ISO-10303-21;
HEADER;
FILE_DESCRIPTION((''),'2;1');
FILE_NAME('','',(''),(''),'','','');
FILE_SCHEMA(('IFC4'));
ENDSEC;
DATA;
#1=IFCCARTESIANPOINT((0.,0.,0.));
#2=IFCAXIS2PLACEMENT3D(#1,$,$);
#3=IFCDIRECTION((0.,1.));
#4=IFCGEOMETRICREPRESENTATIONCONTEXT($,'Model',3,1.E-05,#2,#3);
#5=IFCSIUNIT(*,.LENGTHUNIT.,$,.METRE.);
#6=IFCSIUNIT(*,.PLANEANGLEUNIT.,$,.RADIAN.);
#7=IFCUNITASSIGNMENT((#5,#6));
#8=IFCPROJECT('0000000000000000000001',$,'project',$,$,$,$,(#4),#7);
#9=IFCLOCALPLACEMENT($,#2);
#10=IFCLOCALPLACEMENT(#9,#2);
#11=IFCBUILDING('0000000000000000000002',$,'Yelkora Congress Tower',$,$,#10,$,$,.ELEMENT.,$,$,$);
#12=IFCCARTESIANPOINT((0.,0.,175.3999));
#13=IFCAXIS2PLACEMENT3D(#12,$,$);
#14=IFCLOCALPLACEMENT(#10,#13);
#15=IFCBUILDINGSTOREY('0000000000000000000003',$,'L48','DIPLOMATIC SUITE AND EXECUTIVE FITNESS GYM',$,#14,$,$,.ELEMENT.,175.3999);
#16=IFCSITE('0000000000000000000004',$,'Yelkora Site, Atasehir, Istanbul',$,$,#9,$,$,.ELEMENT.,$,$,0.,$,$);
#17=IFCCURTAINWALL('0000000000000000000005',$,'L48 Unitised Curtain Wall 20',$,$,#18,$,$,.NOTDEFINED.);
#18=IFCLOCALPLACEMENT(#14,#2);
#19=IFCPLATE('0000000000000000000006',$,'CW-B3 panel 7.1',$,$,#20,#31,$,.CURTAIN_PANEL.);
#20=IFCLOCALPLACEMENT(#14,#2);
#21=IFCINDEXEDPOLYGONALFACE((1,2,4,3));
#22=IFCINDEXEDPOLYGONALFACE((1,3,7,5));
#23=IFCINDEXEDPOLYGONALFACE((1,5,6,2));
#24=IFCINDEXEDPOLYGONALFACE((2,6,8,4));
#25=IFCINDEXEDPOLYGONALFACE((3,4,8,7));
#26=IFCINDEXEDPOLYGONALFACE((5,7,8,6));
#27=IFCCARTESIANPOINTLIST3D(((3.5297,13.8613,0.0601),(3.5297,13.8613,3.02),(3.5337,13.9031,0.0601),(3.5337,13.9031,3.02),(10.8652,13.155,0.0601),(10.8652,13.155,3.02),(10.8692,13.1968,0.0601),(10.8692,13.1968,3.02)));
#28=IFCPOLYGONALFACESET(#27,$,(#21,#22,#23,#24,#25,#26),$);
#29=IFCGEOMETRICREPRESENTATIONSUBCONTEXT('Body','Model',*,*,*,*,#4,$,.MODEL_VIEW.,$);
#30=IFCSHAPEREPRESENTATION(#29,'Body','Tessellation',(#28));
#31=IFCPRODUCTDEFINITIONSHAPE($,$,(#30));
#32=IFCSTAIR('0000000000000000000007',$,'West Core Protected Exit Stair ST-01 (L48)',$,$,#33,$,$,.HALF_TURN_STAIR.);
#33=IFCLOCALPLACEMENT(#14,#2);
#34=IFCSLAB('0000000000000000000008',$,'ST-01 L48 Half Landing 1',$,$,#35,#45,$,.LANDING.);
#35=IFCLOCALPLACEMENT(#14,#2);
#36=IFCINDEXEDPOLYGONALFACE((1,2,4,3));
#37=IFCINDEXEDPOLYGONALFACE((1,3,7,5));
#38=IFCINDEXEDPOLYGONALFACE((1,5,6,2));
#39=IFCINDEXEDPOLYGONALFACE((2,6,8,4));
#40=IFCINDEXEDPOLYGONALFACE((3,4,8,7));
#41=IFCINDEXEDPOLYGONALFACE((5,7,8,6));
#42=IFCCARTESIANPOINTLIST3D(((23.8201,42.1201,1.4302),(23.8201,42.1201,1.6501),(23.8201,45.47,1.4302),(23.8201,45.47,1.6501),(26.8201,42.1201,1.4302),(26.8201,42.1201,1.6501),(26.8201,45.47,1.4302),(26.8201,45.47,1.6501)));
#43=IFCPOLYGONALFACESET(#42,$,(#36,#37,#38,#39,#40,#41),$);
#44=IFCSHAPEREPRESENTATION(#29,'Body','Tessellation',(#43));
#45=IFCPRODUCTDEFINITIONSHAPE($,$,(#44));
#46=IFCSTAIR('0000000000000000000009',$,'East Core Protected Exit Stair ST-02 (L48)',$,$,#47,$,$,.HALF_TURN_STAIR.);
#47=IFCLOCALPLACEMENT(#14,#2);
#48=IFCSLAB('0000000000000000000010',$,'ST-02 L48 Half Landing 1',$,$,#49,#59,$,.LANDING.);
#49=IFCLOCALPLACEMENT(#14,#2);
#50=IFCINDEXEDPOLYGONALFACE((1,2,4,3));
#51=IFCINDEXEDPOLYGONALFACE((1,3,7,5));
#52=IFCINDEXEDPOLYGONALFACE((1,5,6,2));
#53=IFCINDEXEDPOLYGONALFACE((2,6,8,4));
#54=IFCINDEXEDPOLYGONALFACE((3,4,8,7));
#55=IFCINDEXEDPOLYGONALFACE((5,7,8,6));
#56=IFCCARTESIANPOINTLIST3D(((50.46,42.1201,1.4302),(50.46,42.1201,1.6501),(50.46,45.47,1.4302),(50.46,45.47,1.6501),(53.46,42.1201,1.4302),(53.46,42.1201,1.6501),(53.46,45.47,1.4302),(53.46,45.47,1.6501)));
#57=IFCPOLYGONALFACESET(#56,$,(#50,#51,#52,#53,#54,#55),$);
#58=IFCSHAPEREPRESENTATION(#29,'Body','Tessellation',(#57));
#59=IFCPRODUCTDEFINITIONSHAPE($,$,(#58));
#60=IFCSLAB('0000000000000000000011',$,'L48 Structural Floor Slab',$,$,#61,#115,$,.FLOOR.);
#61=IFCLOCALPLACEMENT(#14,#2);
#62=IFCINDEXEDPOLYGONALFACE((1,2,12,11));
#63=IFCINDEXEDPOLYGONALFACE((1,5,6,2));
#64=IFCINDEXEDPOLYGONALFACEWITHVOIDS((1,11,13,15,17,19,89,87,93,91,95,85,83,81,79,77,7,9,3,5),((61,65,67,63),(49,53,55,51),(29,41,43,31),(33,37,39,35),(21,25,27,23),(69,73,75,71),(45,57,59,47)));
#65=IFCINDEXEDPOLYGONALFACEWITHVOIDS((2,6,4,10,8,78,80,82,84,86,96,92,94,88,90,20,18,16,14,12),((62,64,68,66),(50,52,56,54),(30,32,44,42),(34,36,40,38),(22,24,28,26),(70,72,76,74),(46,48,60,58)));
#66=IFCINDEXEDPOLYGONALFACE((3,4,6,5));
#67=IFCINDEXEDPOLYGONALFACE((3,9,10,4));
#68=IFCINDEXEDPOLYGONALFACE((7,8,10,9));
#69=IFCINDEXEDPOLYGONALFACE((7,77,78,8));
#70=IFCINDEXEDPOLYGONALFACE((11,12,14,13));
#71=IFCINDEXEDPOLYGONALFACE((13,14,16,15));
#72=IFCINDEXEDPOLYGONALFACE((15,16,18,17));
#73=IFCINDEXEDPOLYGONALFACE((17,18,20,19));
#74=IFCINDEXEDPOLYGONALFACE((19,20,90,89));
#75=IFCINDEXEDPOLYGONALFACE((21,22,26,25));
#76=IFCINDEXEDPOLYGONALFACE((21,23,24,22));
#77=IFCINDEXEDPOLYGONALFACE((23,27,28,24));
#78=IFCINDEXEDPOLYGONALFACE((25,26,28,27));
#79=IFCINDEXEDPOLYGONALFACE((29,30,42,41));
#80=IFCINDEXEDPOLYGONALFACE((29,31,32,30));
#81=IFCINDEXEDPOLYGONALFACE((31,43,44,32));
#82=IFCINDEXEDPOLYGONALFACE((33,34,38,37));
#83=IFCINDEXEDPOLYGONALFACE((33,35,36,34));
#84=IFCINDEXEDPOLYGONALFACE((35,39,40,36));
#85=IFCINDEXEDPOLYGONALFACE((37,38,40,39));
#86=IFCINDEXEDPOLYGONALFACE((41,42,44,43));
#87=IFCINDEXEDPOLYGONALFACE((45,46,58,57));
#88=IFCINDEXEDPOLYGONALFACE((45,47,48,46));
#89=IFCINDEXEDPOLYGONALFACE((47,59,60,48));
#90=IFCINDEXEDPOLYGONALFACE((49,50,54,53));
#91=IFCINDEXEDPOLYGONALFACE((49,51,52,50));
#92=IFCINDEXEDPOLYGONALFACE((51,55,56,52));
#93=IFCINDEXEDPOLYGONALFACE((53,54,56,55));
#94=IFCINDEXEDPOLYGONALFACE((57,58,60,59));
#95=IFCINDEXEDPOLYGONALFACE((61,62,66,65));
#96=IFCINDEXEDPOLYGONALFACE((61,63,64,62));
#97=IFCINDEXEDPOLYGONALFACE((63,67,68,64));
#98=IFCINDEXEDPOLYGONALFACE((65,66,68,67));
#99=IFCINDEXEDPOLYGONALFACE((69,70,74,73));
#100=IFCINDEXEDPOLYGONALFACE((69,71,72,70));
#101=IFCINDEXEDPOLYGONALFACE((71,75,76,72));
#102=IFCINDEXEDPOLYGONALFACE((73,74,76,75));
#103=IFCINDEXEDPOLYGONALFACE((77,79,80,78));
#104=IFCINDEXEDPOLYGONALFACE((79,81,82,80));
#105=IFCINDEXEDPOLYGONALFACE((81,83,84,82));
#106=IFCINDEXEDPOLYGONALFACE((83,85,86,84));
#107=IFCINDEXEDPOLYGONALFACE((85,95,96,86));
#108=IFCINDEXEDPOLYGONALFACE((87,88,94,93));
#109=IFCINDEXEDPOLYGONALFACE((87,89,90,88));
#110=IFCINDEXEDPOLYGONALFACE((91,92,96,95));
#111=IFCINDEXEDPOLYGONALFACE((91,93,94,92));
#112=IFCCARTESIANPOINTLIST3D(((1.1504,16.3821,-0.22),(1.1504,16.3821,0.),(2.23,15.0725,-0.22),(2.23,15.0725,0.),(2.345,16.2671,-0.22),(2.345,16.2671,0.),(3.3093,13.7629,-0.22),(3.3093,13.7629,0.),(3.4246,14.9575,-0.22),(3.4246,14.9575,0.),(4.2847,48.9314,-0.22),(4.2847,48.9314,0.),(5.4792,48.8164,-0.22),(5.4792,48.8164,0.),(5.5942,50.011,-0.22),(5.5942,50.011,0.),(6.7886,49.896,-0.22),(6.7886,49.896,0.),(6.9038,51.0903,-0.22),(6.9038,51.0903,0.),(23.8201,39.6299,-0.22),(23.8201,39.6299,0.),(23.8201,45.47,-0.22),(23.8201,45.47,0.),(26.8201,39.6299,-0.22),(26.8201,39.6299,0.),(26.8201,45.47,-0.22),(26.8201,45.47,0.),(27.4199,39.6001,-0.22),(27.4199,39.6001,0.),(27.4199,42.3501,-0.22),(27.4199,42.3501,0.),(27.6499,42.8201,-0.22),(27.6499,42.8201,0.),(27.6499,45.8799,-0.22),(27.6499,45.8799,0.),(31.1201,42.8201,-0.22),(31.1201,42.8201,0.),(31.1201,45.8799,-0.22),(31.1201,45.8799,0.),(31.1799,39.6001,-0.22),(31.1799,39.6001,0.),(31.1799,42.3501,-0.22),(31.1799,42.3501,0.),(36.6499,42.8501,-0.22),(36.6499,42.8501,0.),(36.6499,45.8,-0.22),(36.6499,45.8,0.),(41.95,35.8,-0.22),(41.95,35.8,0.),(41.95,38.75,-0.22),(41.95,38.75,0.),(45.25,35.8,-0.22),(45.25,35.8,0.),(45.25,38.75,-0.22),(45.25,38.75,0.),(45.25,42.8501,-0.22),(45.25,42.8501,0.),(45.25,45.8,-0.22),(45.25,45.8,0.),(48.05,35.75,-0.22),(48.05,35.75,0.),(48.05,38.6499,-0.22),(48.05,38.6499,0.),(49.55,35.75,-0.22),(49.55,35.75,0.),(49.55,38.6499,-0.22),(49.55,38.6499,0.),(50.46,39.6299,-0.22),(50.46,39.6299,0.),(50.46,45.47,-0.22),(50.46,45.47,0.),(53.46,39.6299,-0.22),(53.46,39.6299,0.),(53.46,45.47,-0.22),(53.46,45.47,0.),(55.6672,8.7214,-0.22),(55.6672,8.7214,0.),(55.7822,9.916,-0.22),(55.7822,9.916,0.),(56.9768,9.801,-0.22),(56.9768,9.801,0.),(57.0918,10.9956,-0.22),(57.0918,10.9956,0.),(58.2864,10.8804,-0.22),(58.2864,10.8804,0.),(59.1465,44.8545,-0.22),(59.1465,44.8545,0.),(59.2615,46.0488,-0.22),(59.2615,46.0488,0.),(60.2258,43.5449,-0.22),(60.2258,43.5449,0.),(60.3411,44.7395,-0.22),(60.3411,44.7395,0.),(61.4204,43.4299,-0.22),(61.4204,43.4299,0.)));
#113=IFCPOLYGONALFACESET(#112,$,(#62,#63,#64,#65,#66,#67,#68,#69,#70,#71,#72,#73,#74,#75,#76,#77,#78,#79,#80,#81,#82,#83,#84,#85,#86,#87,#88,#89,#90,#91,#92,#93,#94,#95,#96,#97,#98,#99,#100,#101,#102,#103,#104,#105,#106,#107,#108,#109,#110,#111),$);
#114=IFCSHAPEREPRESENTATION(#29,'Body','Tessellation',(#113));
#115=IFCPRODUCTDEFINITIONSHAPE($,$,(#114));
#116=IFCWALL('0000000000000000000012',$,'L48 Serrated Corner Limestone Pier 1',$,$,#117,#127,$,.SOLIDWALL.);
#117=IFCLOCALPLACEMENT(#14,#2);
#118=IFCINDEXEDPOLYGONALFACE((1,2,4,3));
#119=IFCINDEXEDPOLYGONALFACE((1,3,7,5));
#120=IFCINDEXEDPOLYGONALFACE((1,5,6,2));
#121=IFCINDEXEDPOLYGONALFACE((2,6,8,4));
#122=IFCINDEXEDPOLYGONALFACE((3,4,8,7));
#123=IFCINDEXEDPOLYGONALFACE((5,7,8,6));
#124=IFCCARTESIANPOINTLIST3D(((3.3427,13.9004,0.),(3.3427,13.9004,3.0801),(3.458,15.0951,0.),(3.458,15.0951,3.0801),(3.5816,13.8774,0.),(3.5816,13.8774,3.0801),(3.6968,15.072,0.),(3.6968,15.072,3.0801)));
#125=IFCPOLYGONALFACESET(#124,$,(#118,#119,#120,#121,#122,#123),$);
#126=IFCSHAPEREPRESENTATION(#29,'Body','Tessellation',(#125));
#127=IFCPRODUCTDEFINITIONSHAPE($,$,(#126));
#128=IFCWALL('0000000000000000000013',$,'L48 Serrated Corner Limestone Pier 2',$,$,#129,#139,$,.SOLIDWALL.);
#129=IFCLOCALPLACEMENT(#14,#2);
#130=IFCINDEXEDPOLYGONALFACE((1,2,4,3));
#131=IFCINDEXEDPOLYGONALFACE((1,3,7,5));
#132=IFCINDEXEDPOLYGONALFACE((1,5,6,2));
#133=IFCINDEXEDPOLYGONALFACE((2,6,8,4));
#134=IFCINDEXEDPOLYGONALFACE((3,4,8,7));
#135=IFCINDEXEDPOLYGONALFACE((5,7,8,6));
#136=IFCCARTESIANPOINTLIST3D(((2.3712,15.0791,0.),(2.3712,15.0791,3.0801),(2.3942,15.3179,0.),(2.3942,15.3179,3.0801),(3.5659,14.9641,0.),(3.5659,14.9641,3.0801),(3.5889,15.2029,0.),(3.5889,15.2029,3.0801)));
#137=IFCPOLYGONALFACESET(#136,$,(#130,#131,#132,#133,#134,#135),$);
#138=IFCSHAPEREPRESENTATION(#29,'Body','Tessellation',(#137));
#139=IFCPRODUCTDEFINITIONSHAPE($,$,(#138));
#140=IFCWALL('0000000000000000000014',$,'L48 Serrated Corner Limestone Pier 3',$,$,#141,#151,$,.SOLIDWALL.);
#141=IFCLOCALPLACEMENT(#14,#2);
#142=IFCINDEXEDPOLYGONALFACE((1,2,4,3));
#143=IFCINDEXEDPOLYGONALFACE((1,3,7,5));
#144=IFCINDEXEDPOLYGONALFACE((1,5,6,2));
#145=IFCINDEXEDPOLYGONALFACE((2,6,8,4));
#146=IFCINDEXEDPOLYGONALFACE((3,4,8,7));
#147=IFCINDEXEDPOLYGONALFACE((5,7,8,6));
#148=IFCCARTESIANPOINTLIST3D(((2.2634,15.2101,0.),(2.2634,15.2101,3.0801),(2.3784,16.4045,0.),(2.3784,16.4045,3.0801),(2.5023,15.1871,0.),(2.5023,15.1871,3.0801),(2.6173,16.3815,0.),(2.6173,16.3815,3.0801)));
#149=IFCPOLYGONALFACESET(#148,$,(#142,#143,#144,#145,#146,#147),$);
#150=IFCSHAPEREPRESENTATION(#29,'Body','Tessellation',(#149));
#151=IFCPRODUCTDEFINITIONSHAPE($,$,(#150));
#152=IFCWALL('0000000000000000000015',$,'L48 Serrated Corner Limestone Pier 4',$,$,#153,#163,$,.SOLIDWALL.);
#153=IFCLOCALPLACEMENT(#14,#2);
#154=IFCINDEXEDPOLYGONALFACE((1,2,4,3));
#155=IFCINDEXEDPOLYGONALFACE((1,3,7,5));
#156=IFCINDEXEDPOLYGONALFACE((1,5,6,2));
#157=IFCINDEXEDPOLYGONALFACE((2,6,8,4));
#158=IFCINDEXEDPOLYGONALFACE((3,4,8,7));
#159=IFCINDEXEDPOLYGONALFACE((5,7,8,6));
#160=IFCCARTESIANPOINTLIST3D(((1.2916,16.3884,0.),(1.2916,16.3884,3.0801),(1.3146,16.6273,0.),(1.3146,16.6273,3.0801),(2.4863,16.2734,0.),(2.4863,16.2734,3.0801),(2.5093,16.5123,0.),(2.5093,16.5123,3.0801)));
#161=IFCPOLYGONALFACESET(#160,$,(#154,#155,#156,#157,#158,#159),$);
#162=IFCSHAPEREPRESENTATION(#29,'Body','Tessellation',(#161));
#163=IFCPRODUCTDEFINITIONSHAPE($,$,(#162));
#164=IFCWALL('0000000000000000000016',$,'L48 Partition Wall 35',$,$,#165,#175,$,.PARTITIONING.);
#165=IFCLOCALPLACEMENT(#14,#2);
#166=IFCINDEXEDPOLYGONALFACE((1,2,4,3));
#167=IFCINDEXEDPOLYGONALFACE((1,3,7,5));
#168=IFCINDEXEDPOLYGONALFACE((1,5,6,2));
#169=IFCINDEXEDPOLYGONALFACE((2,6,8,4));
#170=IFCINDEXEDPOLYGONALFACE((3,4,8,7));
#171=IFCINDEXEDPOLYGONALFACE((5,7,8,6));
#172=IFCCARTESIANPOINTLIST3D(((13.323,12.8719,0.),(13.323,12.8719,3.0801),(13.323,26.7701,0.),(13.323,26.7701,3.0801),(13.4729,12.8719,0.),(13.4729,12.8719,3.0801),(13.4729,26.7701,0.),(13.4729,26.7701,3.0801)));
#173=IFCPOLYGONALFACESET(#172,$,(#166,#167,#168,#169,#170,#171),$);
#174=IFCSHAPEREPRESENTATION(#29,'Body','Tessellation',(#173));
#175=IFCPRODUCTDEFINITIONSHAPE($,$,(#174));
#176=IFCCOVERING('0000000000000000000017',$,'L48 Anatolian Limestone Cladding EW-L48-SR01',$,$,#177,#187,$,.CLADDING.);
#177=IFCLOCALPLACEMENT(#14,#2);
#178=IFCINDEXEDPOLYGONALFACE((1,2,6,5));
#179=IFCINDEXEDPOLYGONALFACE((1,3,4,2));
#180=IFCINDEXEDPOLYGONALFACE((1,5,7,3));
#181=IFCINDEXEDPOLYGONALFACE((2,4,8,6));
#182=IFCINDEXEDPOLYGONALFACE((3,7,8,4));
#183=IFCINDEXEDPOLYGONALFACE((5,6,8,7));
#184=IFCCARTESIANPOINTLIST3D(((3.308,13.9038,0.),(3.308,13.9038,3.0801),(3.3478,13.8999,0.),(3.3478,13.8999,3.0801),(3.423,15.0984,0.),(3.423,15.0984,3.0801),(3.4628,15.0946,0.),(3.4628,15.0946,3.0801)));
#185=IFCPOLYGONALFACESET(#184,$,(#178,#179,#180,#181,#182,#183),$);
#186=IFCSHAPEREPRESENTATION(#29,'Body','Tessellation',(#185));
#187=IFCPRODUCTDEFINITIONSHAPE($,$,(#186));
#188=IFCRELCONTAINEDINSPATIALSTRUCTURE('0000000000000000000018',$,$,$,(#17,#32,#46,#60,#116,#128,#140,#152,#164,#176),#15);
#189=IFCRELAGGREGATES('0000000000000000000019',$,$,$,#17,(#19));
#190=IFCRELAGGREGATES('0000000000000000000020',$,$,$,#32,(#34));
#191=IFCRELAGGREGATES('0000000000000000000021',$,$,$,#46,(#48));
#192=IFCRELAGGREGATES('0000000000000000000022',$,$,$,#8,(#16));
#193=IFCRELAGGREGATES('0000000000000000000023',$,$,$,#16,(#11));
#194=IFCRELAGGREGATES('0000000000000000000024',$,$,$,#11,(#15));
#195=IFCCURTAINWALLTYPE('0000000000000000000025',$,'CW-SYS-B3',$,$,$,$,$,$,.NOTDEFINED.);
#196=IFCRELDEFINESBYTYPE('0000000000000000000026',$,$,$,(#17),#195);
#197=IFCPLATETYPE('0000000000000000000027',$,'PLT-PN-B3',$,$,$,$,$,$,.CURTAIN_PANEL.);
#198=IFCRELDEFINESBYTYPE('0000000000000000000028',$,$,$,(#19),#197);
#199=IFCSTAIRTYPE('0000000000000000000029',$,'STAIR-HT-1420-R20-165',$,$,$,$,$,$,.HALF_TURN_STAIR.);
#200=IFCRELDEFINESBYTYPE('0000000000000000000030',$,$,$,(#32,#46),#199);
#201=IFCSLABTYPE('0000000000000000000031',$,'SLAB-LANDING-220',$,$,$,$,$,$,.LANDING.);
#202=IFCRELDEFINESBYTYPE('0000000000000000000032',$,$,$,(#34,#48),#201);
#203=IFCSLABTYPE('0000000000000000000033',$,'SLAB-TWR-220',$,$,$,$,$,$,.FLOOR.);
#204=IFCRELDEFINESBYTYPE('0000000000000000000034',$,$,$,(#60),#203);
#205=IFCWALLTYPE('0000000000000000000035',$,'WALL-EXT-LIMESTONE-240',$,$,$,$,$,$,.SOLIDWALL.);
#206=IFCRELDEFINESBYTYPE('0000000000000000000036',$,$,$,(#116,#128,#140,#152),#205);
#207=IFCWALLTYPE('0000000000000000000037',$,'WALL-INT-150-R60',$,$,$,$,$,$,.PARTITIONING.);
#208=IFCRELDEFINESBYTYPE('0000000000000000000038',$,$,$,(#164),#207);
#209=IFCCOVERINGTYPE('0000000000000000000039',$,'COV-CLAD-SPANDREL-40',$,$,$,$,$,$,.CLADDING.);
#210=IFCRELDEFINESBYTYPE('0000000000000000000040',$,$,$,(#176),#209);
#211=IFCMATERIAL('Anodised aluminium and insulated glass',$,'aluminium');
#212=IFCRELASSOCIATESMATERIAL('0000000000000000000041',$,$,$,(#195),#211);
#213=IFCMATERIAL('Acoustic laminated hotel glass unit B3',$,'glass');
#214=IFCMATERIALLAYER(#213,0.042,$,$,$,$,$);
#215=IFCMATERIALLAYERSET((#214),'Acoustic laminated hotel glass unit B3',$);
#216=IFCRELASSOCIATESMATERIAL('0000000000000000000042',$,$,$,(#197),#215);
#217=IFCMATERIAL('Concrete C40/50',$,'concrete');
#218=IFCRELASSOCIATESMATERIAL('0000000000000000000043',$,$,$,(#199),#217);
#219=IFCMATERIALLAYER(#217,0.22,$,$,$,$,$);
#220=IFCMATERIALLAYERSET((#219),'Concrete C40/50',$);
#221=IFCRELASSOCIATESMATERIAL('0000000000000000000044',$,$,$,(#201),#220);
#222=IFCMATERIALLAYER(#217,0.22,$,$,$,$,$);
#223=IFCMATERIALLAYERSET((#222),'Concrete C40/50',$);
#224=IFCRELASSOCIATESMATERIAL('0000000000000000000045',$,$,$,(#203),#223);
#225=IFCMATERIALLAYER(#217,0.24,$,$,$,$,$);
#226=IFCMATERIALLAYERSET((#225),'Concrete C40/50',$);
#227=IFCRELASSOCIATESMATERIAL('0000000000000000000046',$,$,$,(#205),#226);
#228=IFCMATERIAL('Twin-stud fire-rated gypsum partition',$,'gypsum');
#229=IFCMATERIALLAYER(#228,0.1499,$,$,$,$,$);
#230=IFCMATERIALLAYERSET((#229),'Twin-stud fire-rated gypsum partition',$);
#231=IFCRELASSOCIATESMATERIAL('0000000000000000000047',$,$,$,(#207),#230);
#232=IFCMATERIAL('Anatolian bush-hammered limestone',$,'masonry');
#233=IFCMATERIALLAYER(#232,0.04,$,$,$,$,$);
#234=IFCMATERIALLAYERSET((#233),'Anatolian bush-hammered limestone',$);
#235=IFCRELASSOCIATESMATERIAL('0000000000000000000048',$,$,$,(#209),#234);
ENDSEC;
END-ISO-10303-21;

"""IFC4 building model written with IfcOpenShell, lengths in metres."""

from ifc_helpers import new_model, si_unit, direction, frame, frame_2d, origin, origin_2d, place, context, subcontext, project, spatial, polyline, rectangle, outline, extrude, material, layer, layer_set, type_object, element, aggregate, save


model = new_model("IFC4")

# Units and contexts
model_context = context("Model", 3, precision=1e-05, world=origin(), true_north=direction((0.0, 1.0)))
body_context = subcontext(model_context, "Body", "Model", "MODEL_VIEW")
ifc_project = project(units=[si_unit("LENGTHUNIT", "METRE"), si_unit("PLANEANGLEUNIT", "RADIAN")], contexts=[model_context])

# Site, building, storey
site_placement = place(None, origin())
site = spatial("IfcSite", under=ifc_project, at=site_placement, Name="Yelkora Site, Atasehir, Istanbul", CompositionType="ELEMENT", RefElevation=0.0)
building_placement = place(site_placement, origin())
building = spatial("IfcBuilding", under=site, at=building_placement, Name="Yelkora Congress Tower", CompositionType="ELEMENT")
storey_placement = place(building_placement, frame((0.0, 0.0, 175.3999)))
storey = spatial("IfcBuildingStorey", under=building, at=storey_placement, Name="L48", Description="DIPLOMATIC SUITE AND EXECUTIVE FITNESS GYM", CompositionType="ELEMENT", Elevation=175.3999)

# Curtain wall, plate
ifc_material_1 = material(Name="Anodised aluminium and insulated glass", Category="aluminium")
curtain_wall_type = type_object("IfcCurtainWallType", Name="CW-SYS-B3", PredefinedType="NOTDEFINED", material=ifc_material_1)
curtain_wall_placement = place(storey_placement, origin())
curtain_wall = element("IfcCurtainWall", 1, at=curtain_wall_placement, inside=storey, type_object=curtain_wall_type, Name="L48 Unitised Curtain Wall 20", PredefinedType="NOTDEFINED")
ifc_material_2 = material(Name="Acoustic laminated hotel glass unit B3", Category="glass")
ifc_layer_1 = layer(ifc_material_2, 0.042)
ifc_layer_set_1 = layer_set([ifc_layer_1], Name="Acoustic laminated hotel glass unit B3")
plate_type = type_object("IfcPlateType", Name="PLT-PN-B3", PredefinedType="CURTAIN_PANEL", material=ifc_layer_set_1)
plate_1_placement = place(storey_placement, frame((7.1995, 13.5291, 0.0601), z_axis=(0.0, 0.0, 1.0), x_axis=(-0.995396, 0.095845, 0.0)))
plate_1 = element("IfcPlate", 2, at=plate_1_placement, type_object=plate_type, Name="CW-B3 panel 7.1", PredefinedType="CURTAIN_PANEL", context=body_context, shape_type="SweptSolid", body=[
    extrude(rectangle(XDim=7.3694, YDim=0.042, at=origin_2d()), origin(), (0.0, 0.0, 1.0), 2.96),
])
aggregate(curtain_wall, [plate_1])

# Stairs, slabs
ifc_material_3 = material(Name="Concrete C40/50", Category="concrete")
stair_type = type_object("IfcStairType", Name="STAIR-HT-1420-R20-165", PredefinedType="HALF_TURN_STAIR", material=ifc_material_3)
stair_1_placement = place(storey_placement, origin())
stair_1 = element("IfcStair", 3, at=stair_1_placement, inside=storey, type_object=stair_type, Name="West Core Protected Exit Stair ST-01 (L48)", PredefinedType="HALF_TURN_STAIR")
ifc_layer_2 = layer(ifc_material_3, 0.22)
ifc_layer_set_2 = layer_set([ifc_layer_2], Name="Concrete C40/50")
slab_type_1 = type_object("IfcSlabType", Name="SLAB-LANDING-220", PredefinedType="LANDING", material=ifc_layer_set_2)
slab_1_placement = place(storey_placement, frame((0.0, 0.0, 1.4302)))
slab_1 = element("IfcSlab", 4, at=slab_1_placement, type_object=slab_type_1, Name="ST-01 L48 Half Landing 1", PredefinedType="LANDING", context=body_context, shape_type="SweptSolid", body=[
    extrude(outline(polyline([(26.8201, 42.1201), (26.8201, 45.47), (23.8201, 45.47), (23.8201, 42.1201), (26.8201, 42.1201)])), origin(), (0.0, 0.0, 1.0), 0.22),
])
aggregate(stair_1, [slab_1])
stair_2_placement = place(storey_placement, origin())
stair_2 = element("IfcStair", 5, at=stair_2_placement, inside=storey, type_object=stair_type, Name="East Core Protected Exit Stair ST-02 (L48)", PredefinedType="HALF_TURN_STAIR")
slab_2_placement = place(storey_placement, frame((0.0, 0.0, 1.4302)))
slab_2 = element("IfcSlab", 6, at=slab_2_placement, type_object=slab_type_1, Name="ST-02 L48 Half Landing 1", PredefinedType="LANDING", context=body_context, shape_type="SweptSolid", body=[
    extrude(outline(polyline([(53.46, 42.1201), (53.46, 45.47), (50.46, 45.47), (50.46, 42.1201), (53.46, 42.1201)])), origin(), (0.0, 0.0, 1.0), 0.22),
])
aggregate(stair_2, [slab_2])

# Slab
ifc_layer_3 = layer(ifc_material_3, 0.22)
ifc_layer_set_3 = layer_set([ifc_layer_3], Name="Concrete C40/50")
slab_type_2 = type_object("IfcSlabType", Name="SLAB-TWR-220", PredefinedType="FLOOR", material=ifc_layer_set_3)
slab_3_placement = place(storey_placement, frame((0.0, 0.0, -0.22)))
element("IfcSlab", 7, at=slab_3_placement, inside=storey, type_object=slab_type_2, Name="L48 Structural Floor Slab", PredefinedType="FLOOR", context=body_context, shape_type="SweptSolid", body=[
    extrude(outline(polyline([(3.3093, 13.7629), (55.6672, 8.7214), (55.7822, 9.916), (56.9768, 9.801), (57.0918, 10.9956), (58.2864, 10.8804), (61.4204, 43.4299), (60.2258, 43.5449), (60.3411, 44.7395), (59.1465, 44.8545), (59.2615, 46.0488), (6.9038, 51.0903), (6.7886, 49.896), (5.5942, 50.011), (5.4792, 48.8164), (4.2847, 48.9314), (1.1504, 16.3821), (2.345, 16.2671), (2.23, 15.0725), (3.4246, 14.9575), (3.3093, 13.7629)]), holes=[polyline([(23.8201, 39.6299), (26.8201, 39.6299), (26.8201, 45.47), (23.8201, 45.47), (23.8201, 39.6299)]), polyline([(50.46, 39.6299), (53.46, 39.6299), (53.46, 45.47), (50.46, 45.47), (50.46, 39.6299)]), polyline([(48.05, 35.75), (49.55, 35.75), (49.55, 38.6499), (48.05, 38.6499), (48.05, 35.75)]), polyline([(36.6499, 42.8501), (45.25, 42.8501), (45.25, 45.8), (36.6499, 45.8), (36.6499, 42.8501)]), polyline([(41.95, 35.8), (45.25, 35.8), (45.25, 38.75), (41.95, 38.75), (41.95, 35.8)]), polyline([(27.4199, 39.6001), (31.1799, 39.6001), (31.1799, 42.3501), (27.4199, 42.3501), (27.4199, 39.6001)]), polyline([(27.6499, 42.8201), (31.1201, 42.8201), (31.1201, 45.8799), (27.6499, 45.8799), (27.6499, 42.8201)])]), origin(), (0.0, 0.0, 1.0), 0.22),
])

# Walls
ifc_layer_4 = layer(ifc_material_3, 0.24)
ifc_layer_set_4 = layer_set([ifc_layer_4], Name="Concrete C40/50")
wall_type_1 = type_object("IfcWallType", Name="WALL-EXT-LIMESTONE-240", PredefinedType="SOLIDWALL", material=ifc_layer_set_4)
for number, where, z_axis, x_axis, name in (
    (8, (3.4622, 13.8889, 0.0), (0.0, 0.0, 1.0), (0.096019, 0.99538, 0.0), "L48 Serrated Corner Limestone Pier 1"),
    (9, (3.5774, 15.0835, 0.0), (0.0, 0.0, 1.0), (-0.995399, 0.095817, 0.0), "L48 Serrated Corner Limestone Pier 2"),
):
    element("IfcWall", number, at=place(storey_placement, frame(where, z_axis=z_axis, x_axis=x_axis)), inside=storey, type_object=wall_type_1, Name=name, PredefinedType="SOLIDWALL", context=body_context, shape_type="SweptSolid", body=[
        extrude(rectangle(XDim=1.2002, YDim=0.24, at=frame_2d((0.6001, 0.0))), origin(), (0.0, 0.0, 1.0), 3.0801),
    ])
wall_1_placement = place(storey_placement, frame((2.3828, 15.1985, 0.0), z_axis=(0.0, 0.0, 1.0), x_axis=(0.095836, 0.995397, 0.0)))
element("IfcWall", 10, at=wall_1_placement, inside=storey, type_object=wall_type_1, Name="L48 Serrated Corner Limestone Pier 3", PredefinedType="SOLIDWALL", context=body_context, shape_type="SweptSolid", body=[
    extrude(rectangle(XDim=1.2, YDim=0.24, at=frame_2d((0.6001, 0.0))), origin(), (0.0, 0.0, 1.0), 3.0801),
])
wall_2_placement = place(storey_placement, frame((2.4978, 16.3928, 0.0), z_axis=(0.0, 0.0, 1.0), x_axis=(-0.995399, 0.095817, 0.0)))
element("IfcWall", 11, at=wall_2_placement, inside=storey, type_object=wall_type_1, Name="L48 Serrated Corner Limestone Pier 4", PredefinedType="SOLIDWALL", context=body_context, shape_type="SweptSolid", body=[
    extrude(rectangle(XDim=1.2002, YDim=0.24, at=frame_2d((0.6001, 0.0))), origin(), (0.0, 0.0, 1.0), 3.0801),
])
ifc_material_4 = material(Name="Twin-stud fire-rated gypsum partition", Category="gypsum")
ifc_layer_5 = layer(ifc_material_4, 0.1499)
ifc_layer_set_5 = layer_set([ifc_layer_5], Name="Twin-stud fire-rated gypsum partition")
wall_type_2 = type_object("IfcWallType", Name="WALL-INT-150-R60", PredefinedType="PARTITIONING", material=ifc_layer_set_5)
wall_3_placement = place(storey_placement, frame((13.3979, 12.8718, 0.0), z_axis=(0.0, 0.0, 1.0), x_axis=(0.0, 1.0, 0.0)))
element("IfcWall", 12, at=wall_3_placement, inside=storey, type_object=wall_type_2, Name="L48 Partition Wall 35", PredefinedType="PARTITIONING", context=body_context, shape_type="SweptSolid", body=[
    extrude(rectangle(XDim=13.8982, YDim=0.1499, at=frame_2d((6.9492, 0.0))), origin(), (0.0, 0.0, 1.0), 3.0801),
])

# Covering
ifc_material_5 = material(Name="Anatolian bush-hammered limestone", Category="masonry")
ifc_layer_6 = layer(ifc_material_5, 0.04)
ifc_layer_set_6 = layer_set([ifc_layer_6], Name="Anatolian bush-hammered limestone")
covering_type = type_object("IfcCoveringType", Name="COV-CLAD-SPANDREL-40", PredefinedType="CLADDING", material=ifc_layer_set_6)
covering_1_placement = place(storey_placement, frame((3.3279, 13.9019, 0.0), z_axis=(0.0, 0.0, 1.0), x_axis=(0.095817, 0.995399, 0.0)))
element("IfcCovering", 13, at=covering_1_placement, inside=storey, type_object=covering_type, Name="L48 Anatolian Limestone Cladding EW-L48-SR01", PredefinedType="CLADDING", context=body_context, shape_type="SweptSolid", body=[
    extrude(rectangle(XDim=1.2002, YDim=0.04, at=frame_2d((0.6001, 0.0))), origin(), (0.0, 0.0, 1.0), 3.0801),
])

save(model, "model.ifc")
